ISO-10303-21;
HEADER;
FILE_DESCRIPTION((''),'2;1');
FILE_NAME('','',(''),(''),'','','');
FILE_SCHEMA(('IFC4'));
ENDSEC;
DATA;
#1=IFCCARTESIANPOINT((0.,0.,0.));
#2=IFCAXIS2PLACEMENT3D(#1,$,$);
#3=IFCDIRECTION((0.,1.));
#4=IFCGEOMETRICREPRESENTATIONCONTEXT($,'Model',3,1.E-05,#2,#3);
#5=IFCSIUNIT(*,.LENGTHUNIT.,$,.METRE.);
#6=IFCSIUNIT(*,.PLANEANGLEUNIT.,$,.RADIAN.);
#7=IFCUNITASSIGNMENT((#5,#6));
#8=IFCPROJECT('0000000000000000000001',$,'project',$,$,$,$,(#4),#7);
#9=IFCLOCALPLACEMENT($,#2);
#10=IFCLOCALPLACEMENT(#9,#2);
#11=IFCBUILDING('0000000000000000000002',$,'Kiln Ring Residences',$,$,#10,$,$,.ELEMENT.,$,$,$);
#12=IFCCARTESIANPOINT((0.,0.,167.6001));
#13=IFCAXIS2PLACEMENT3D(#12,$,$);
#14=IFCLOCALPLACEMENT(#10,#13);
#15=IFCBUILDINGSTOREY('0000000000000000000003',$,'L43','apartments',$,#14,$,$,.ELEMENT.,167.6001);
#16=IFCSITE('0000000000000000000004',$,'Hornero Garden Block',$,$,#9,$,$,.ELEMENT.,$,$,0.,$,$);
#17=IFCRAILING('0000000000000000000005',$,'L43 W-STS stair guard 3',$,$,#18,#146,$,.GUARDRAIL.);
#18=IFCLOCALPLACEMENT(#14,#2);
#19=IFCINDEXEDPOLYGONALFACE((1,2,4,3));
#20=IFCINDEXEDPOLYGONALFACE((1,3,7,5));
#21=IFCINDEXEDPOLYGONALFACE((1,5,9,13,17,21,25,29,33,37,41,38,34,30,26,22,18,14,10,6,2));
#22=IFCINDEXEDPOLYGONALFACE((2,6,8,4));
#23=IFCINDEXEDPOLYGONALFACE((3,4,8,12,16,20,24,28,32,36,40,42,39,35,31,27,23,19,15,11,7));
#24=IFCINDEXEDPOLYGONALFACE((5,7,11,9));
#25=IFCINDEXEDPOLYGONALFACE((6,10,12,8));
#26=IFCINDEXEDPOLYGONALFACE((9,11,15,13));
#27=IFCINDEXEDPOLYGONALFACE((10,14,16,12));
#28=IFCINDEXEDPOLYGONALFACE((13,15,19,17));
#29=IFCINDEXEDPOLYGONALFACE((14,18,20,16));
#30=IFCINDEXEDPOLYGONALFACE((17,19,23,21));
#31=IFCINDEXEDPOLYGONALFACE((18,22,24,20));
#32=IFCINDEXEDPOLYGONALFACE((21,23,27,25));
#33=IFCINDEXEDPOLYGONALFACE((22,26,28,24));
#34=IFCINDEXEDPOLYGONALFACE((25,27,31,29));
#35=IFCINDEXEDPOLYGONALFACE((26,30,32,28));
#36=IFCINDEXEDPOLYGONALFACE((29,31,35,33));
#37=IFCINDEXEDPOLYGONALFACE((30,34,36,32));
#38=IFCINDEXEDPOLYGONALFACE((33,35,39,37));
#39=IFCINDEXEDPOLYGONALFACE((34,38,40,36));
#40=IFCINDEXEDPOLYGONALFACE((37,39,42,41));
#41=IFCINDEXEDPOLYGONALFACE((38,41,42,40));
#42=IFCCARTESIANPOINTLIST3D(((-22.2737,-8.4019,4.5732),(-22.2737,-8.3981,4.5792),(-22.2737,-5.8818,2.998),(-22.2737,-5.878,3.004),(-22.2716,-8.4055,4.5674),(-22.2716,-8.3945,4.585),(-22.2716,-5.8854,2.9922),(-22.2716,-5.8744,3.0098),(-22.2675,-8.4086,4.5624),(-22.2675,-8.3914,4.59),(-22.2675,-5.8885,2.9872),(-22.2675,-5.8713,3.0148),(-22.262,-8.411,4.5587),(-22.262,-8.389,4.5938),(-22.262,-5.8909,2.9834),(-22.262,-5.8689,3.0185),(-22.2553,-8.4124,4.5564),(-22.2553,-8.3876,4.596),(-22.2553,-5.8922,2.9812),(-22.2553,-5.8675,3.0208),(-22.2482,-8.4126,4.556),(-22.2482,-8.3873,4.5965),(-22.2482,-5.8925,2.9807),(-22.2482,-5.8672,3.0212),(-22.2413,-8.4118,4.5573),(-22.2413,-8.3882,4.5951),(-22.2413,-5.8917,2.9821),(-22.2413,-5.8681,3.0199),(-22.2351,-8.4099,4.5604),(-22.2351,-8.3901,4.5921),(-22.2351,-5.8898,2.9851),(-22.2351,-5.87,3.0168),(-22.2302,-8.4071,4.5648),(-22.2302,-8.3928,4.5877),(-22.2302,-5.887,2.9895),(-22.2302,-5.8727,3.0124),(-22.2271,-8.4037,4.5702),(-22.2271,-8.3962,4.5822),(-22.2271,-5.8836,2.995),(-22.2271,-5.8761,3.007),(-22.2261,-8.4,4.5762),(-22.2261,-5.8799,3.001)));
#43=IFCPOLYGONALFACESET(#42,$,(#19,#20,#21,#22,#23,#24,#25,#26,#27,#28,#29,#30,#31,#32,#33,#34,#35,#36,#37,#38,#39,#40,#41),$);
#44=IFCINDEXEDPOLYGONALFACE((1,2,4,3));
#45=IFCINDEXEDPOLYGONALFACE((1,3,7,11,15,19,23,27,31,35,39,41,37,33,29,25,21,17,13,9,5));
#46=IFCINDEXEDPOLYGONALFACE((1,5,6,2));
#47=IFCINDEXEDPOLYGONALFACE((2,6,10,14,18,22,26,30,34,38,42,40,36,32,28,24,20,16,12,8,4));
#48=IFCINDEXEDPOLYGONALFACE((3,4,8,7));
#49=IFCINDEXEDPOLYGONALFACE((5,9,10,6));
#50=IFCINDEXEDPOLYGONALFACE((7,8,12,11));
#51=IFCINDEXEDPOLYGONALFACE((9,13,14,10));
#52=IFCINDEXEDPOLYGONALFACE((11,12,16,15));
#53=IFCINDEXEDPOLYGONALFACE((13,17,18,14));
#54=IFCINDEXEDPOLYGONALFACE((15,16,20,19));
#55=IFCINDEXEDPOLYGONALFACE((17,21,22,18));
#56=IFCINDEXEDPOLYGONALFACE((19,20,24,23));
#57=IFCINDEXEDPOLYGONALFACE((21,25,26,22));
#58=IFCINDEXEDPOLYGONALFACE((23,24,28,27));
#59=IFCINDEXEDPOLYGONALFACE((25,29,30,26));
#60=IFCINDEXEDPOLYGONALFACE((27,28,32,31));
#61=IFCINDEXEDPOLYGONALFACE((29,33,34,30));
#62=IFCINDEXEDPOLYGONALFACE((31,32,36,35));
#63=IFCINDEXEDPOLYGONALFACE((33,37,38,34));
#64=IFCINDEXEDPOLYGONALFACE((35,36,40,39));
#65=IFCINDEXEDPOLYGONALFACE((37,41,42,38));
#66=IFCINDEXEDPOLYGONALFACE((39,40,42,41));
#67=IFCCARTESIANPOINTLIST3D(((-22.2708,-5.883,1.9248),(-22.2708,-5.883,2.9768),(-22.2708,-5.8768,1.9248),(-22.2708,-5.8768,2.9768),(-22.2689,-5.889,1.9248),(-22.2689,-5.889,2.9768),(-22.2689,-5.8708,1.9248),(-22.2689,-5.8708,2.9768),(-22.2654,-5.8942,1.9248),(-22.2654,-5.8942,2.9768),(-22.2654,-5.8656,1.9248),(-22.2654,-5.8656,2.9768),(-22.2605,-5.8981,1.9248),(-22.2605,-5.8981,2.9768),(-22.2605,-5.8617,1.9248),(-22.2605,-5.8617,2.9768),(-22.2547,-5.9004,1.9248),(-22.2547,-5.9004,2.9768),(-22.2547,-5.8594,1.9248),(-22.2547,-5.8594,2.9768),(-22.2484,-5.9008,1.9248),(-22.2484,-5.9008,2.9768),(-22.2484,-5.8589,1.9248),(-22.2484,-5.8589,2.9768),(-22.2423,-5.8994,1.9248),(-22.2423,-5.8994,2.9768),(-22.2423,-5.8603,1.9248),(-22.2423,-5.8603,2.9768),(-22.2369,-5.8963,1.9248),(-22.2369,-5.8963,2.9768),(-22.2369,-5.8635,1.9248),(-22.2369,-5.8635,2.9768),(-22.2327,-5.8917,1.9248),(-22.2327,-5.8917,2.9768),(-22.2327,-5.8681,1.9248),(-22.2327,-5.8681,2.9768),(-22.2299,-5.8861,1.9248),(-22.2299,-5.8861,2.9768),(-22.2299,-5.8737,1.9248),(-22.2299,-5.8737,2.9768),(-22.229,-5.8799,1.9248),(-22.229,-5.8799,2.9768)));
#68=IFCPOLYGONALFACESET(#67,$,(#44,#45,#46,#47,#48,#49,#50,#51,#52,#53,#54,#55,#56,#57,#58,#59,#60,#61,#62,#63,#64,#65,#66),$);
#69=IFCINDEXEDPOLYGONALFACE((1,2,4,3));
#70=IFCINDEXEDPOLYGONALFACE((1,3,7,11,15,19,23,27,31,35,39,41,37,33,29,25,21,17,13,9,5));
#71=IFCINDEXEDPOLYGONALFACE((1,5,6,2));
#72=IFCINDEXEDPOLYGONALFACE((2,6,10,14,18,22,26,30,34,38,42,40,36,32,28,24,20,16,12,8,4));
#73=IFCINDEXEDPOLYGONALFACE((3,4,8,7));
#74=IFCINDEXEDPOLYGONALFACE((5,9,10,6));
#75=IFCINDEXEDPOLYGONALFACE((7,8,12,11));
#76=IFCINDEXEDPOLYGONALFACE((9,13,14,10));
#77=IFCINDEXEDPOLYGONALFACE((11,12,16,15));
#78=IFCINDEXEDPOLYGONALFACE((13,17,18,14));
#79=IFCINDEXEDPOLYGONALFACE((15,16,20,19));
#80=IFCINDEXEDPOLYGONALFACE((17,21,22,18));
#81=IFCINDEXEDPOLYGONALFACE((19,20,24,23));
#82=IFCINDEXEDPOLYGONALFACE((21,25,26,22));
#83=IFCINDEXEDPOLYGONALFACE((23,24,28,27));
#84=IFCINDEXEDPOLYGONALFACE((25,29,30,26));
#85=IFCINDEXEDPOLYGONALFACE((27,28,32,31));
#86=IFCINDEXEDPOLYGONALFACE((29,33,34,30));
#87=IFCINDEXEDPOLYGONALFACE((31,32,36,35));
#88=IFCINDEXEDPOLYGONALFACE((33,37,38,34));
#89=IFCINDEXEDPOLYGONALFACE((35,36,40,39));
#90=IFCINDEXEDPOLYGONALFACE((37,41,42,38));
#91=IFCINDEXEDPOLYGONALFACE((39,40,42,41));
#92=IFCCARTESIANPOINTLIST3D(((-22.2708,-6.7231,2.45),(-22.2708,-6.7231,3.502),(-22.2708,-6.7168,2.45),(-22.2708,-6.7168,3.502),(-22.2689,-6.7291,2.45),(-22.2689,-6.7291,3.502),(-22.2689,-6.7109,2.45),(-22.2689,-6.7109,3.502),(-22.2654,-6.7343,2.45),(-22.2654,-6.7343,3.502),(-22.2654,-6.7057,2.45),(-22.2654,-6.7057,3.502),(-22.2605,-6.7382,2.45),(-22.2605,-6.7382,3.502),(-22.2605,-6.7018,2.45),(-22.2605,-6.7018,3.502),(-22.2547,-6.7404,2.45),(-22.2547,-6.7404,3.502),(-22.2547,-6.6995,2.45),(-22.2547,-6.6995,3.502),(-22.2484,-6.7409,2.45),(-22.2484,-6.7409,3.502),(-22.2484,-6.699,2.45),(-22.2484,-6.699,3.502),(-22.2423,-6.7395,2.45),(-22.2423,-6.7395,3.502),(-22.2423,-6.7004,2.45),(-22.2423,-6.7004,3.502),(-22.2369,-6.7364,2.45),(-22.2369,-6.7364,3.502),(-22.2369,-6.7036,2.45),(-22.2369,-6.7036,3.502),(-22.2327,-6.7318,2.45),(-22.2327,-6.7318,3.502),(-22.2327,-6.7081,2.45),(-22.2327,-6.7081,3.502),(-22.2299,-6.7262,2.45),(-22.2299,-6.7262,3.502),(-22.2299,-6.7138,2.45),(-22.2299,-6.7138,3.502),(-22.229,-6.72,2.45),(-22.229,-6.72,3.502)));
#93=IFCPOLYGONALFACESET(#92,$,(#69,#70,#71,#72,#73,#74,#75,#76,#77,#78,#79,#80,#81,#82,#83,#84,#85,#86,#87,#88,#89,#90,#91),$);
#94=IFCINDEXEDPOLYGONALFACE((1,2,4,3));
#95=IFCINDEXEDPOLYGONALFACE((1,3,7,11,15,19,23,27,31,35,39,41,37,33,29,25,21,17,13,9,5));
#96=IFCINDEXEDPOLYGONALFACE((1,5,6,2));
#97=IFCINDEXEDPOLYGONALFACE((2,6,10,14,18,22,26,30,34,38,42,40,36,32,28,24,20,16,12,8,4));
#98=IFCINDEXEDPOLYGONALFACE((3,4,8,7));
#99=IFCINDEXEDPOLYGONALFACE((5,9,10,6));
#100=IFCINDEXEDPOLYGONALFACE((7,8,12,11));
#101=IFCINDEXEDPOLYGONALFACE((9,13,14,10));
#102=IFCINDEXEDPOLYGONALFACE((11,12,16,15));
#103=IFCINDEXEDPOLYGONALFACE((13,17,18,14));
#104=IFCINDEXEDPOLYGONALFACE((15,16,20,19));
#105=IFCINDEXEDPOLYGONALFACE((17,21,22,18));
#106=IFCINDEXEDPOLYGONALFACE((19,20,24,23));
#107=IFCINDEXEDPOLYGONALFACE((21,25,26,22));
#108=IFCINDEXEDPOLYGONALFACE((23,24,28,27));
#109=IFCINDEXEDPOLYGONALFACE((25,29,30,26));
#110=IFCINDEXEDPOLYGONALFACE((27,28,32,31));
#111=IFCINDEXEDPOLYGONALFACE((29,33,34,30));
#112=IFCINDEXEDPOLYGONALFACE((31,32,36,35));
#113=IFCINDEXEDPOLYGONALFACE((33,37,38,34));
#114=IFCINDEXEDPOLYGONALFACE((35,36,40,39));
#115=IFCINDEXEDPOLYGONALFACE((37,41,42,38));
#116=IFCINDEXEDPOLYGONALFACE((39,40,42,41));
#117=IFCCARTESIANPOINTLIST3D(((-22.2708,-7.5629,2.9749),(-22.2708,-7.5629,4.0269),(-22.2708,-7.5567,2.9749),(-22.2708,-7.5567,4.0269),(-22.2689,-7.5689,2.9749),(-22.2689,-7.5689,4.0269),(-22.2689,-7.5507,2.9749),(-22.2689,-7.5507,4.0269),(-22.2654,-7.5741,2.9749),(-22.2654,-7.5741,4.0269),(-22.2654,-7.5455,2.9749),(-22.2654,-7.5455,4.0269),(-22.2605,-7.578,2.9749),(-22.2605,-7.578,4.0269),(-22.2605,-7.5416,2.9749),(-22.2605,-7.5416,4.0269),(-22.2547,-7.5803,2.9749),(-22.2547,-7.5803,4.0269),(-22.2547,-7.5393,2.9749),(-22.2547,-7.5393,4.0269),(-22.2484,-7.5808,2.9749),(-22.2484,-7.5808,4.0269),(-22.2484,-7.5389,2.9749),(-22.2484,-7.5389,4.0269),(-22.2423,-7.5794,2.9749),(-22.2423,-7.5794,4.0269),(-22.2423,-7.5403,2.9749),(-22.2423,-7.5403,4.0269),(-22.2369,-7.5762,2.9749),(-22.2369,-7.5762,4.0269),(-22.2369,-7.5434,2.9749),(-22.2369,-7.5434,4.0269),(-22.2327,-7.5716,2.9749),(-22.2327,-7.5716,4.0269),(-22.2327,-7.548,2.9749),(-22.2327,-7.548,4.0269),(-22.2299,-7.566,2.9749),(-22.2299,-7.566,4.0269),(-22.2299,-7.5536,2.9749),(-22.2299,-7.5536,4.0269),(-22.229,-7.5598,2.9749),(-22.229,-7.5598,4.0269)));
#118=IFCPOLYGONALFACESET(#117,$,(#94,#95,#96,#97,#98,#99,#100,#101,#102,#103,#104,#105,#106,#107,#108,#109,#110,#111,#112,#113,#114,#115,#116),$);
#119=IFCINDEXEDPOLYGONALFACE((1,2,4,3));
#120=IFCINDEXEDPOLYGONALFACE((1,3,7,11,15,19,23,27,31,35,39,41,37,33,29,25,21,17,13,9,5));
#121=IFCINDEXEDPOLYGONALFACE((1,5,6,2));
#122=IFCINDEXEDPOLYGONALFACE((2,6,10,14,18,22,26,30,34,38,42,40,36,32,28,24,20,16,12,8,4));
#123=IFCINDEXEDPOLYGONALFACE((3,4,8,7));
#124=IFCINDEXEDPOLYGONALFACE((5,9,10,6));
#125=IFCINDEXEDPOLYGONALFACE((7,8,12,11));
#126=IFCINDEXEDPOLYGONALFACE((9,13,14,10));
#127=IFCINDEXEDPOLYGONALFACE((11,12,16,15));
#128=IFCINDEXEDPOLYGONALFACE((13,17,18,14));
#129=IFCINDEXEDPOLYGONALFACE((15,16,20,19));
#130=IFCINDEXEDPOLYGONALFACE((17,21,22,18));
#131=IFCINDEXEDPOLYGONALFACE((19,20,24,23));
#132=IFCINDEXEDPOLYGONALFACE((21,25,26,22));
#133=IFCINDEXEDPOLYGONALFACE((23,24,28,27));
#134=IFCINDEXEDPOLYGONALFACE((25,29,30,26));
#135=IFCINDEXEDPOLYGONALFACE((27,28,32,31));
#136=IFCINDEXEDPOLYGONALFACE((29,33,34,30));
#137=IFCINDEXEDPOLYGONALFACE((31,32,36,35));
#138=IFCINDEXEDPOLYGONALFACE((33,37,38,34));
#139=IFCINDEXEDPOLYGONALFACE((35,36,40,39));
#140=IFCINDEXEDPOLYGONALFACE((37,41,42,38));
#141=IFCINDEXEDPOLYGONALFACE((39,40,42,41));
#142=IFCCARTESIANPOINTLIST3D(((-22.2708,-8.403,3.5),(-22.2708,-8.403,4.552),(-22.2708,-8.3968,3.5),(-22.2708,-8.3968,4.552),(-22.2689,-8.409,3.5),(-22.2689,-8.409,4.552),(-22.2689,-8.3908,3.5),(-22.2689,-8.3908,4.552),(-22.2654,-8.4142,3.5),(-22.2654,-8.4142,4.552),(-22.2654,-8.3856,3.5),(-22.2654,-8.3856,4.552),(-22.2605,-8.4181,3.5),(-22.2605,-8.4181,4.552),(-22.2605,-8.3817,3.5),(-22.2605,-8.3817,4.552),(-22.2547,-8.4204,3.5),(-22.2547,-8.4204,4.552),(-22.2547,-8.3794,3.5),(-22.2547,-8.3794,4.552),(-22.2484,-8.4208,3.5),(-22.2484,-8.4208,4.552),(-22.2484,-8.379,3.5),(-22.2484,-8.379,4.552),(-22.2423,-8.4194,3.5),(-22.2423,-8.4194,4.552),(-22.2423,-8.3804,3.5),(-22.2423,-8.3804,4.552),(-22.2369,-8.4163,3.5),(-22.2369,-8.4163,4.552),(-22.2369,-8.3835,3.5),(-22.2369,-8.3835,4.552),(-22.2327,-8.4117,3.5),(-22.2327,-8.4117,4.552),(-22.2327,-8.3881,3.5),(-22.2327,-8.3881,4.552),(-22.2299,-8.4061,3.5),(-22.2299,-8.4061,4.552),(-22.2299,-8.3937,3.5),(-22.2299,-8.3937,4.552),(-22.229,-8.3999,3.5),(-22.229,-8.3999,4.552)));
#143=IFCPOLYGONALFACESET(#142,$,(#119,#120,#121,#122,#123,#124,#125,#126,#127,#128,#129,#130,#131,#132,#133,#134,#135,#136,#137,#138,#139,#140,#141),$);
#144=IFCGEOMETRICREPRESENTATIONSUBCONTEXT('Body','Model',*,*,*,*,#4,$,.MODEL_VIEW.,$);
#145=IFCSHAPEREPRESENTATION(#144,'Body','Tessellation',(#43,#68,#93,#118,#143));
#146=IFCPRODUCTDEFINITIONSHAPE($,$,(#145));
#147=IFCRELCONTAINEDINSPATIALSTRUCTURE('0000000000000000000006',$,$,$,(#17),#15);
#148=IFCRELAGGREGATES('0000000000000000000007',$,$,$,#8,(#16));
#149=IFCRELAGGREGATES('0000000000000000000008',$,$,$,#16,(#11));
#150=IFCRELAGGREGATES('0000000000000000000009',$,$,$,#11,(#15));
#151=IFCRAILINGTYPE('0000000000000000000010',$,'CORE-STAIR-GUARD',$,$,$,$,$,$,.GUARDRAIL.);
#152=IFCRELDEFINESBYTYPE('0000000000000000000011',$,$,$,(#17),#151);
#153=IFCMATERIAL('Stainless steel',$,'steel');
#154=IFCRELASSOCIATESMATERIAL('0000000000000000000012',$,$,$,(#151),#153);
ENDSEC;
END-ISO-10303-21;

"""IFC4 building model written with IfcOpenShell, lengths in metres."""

from ifc_helpers import new_model, si_unit, direction, frame, origin, origin_2d, place, context, subcontext, project, spatial, circle, extrude, material, type_object, element, save


model = new_model("IFC4")

# Units and contexts
model_context = context("Model", 3, precision=1e-05, world=origin(), true_north=direction((0.0, 1.0)))
body_context = subcontext(model_context, "Body", "Model", "MODEL_VIEW")
ifc_project = project(units=[si_unit("LENGTHUNIT", "METRE"), si_unit("PLANEANGLEUNIT", "RADIAN")], contexts=[model_context])

# Site, building, storey
site_placement = place(None, origin())
site = spatial("IfcSite", under=ifc_project, at=site_placement, Name="Hornero Garden Block", CompositionType="ELEMENT", RefElevation=0.0)
building_placement = place(site_placement, origin())
building = spatial("IfcBuilding", under=site, at=building_placement, Name="Kiln Ring Residences", CompositionType="ELEMENT")
storey_placement = place(building_placement, frame((0.0, 0.0, 167.6001)))
storey = spatial("IfcBuildingStorey", under=building, at=storey_placement, Name="L43", Description="apartments", CompositionType="ELEMENT", Elevation=167.6001)

# Railing
ifc_material_1 = material(Name="Stainless steel", Category="steel")
railing_type_1 = type_object("IfcRailingType", Name="CORE-STAIR-GUARD", PredefinedType="GUARDRAIL", material=ifc_material_1)
railing_1_placement = place(storey_placement, frame((-22.25, -5.8799, 1.9248)))
element("IfcRailing", 1, at=railing_1_placement, inside=storey, type_object=railing_type_1, Name="L43 W-STS stair guard 3", PredefinedType="GUARDRAIL", context=body_context, shape_type="SweptSolid", body=[
    extrude(circle(Radius=0.0239, at=origin_2d()), frame((0.0, 0.0, 1.0762), z_axis=(0.0, -0.847971, 0.530043), x_axis=(1.0, 0.0, 0.0)), (0.0, 0.0, 1.0), 2.9719),
    extrude(circle(Radius=0.021, at=origin_2d()), origin(), (0.0, 0.0, 1.0), 1.052),
    extrude(circle(Radius=0.021, at=origin_2d()), frame((0.0, -0.8401, 0.5251)), (0.0, 0.0, 1.0), 1.052),
    extrude(circle(Radius=0.021, at=origin_2d()), frame((0.0, -1.6799, 1.05)), (0.0, 0.0, 1.0), 1.052),
    extrude(circle(Radius=0.021, at=origin_2d()), frame((0.0, -2.52, 1.5752)), (0.0, 0.0, 1.0), 1.052),
])

save(model, "model.ifc")
